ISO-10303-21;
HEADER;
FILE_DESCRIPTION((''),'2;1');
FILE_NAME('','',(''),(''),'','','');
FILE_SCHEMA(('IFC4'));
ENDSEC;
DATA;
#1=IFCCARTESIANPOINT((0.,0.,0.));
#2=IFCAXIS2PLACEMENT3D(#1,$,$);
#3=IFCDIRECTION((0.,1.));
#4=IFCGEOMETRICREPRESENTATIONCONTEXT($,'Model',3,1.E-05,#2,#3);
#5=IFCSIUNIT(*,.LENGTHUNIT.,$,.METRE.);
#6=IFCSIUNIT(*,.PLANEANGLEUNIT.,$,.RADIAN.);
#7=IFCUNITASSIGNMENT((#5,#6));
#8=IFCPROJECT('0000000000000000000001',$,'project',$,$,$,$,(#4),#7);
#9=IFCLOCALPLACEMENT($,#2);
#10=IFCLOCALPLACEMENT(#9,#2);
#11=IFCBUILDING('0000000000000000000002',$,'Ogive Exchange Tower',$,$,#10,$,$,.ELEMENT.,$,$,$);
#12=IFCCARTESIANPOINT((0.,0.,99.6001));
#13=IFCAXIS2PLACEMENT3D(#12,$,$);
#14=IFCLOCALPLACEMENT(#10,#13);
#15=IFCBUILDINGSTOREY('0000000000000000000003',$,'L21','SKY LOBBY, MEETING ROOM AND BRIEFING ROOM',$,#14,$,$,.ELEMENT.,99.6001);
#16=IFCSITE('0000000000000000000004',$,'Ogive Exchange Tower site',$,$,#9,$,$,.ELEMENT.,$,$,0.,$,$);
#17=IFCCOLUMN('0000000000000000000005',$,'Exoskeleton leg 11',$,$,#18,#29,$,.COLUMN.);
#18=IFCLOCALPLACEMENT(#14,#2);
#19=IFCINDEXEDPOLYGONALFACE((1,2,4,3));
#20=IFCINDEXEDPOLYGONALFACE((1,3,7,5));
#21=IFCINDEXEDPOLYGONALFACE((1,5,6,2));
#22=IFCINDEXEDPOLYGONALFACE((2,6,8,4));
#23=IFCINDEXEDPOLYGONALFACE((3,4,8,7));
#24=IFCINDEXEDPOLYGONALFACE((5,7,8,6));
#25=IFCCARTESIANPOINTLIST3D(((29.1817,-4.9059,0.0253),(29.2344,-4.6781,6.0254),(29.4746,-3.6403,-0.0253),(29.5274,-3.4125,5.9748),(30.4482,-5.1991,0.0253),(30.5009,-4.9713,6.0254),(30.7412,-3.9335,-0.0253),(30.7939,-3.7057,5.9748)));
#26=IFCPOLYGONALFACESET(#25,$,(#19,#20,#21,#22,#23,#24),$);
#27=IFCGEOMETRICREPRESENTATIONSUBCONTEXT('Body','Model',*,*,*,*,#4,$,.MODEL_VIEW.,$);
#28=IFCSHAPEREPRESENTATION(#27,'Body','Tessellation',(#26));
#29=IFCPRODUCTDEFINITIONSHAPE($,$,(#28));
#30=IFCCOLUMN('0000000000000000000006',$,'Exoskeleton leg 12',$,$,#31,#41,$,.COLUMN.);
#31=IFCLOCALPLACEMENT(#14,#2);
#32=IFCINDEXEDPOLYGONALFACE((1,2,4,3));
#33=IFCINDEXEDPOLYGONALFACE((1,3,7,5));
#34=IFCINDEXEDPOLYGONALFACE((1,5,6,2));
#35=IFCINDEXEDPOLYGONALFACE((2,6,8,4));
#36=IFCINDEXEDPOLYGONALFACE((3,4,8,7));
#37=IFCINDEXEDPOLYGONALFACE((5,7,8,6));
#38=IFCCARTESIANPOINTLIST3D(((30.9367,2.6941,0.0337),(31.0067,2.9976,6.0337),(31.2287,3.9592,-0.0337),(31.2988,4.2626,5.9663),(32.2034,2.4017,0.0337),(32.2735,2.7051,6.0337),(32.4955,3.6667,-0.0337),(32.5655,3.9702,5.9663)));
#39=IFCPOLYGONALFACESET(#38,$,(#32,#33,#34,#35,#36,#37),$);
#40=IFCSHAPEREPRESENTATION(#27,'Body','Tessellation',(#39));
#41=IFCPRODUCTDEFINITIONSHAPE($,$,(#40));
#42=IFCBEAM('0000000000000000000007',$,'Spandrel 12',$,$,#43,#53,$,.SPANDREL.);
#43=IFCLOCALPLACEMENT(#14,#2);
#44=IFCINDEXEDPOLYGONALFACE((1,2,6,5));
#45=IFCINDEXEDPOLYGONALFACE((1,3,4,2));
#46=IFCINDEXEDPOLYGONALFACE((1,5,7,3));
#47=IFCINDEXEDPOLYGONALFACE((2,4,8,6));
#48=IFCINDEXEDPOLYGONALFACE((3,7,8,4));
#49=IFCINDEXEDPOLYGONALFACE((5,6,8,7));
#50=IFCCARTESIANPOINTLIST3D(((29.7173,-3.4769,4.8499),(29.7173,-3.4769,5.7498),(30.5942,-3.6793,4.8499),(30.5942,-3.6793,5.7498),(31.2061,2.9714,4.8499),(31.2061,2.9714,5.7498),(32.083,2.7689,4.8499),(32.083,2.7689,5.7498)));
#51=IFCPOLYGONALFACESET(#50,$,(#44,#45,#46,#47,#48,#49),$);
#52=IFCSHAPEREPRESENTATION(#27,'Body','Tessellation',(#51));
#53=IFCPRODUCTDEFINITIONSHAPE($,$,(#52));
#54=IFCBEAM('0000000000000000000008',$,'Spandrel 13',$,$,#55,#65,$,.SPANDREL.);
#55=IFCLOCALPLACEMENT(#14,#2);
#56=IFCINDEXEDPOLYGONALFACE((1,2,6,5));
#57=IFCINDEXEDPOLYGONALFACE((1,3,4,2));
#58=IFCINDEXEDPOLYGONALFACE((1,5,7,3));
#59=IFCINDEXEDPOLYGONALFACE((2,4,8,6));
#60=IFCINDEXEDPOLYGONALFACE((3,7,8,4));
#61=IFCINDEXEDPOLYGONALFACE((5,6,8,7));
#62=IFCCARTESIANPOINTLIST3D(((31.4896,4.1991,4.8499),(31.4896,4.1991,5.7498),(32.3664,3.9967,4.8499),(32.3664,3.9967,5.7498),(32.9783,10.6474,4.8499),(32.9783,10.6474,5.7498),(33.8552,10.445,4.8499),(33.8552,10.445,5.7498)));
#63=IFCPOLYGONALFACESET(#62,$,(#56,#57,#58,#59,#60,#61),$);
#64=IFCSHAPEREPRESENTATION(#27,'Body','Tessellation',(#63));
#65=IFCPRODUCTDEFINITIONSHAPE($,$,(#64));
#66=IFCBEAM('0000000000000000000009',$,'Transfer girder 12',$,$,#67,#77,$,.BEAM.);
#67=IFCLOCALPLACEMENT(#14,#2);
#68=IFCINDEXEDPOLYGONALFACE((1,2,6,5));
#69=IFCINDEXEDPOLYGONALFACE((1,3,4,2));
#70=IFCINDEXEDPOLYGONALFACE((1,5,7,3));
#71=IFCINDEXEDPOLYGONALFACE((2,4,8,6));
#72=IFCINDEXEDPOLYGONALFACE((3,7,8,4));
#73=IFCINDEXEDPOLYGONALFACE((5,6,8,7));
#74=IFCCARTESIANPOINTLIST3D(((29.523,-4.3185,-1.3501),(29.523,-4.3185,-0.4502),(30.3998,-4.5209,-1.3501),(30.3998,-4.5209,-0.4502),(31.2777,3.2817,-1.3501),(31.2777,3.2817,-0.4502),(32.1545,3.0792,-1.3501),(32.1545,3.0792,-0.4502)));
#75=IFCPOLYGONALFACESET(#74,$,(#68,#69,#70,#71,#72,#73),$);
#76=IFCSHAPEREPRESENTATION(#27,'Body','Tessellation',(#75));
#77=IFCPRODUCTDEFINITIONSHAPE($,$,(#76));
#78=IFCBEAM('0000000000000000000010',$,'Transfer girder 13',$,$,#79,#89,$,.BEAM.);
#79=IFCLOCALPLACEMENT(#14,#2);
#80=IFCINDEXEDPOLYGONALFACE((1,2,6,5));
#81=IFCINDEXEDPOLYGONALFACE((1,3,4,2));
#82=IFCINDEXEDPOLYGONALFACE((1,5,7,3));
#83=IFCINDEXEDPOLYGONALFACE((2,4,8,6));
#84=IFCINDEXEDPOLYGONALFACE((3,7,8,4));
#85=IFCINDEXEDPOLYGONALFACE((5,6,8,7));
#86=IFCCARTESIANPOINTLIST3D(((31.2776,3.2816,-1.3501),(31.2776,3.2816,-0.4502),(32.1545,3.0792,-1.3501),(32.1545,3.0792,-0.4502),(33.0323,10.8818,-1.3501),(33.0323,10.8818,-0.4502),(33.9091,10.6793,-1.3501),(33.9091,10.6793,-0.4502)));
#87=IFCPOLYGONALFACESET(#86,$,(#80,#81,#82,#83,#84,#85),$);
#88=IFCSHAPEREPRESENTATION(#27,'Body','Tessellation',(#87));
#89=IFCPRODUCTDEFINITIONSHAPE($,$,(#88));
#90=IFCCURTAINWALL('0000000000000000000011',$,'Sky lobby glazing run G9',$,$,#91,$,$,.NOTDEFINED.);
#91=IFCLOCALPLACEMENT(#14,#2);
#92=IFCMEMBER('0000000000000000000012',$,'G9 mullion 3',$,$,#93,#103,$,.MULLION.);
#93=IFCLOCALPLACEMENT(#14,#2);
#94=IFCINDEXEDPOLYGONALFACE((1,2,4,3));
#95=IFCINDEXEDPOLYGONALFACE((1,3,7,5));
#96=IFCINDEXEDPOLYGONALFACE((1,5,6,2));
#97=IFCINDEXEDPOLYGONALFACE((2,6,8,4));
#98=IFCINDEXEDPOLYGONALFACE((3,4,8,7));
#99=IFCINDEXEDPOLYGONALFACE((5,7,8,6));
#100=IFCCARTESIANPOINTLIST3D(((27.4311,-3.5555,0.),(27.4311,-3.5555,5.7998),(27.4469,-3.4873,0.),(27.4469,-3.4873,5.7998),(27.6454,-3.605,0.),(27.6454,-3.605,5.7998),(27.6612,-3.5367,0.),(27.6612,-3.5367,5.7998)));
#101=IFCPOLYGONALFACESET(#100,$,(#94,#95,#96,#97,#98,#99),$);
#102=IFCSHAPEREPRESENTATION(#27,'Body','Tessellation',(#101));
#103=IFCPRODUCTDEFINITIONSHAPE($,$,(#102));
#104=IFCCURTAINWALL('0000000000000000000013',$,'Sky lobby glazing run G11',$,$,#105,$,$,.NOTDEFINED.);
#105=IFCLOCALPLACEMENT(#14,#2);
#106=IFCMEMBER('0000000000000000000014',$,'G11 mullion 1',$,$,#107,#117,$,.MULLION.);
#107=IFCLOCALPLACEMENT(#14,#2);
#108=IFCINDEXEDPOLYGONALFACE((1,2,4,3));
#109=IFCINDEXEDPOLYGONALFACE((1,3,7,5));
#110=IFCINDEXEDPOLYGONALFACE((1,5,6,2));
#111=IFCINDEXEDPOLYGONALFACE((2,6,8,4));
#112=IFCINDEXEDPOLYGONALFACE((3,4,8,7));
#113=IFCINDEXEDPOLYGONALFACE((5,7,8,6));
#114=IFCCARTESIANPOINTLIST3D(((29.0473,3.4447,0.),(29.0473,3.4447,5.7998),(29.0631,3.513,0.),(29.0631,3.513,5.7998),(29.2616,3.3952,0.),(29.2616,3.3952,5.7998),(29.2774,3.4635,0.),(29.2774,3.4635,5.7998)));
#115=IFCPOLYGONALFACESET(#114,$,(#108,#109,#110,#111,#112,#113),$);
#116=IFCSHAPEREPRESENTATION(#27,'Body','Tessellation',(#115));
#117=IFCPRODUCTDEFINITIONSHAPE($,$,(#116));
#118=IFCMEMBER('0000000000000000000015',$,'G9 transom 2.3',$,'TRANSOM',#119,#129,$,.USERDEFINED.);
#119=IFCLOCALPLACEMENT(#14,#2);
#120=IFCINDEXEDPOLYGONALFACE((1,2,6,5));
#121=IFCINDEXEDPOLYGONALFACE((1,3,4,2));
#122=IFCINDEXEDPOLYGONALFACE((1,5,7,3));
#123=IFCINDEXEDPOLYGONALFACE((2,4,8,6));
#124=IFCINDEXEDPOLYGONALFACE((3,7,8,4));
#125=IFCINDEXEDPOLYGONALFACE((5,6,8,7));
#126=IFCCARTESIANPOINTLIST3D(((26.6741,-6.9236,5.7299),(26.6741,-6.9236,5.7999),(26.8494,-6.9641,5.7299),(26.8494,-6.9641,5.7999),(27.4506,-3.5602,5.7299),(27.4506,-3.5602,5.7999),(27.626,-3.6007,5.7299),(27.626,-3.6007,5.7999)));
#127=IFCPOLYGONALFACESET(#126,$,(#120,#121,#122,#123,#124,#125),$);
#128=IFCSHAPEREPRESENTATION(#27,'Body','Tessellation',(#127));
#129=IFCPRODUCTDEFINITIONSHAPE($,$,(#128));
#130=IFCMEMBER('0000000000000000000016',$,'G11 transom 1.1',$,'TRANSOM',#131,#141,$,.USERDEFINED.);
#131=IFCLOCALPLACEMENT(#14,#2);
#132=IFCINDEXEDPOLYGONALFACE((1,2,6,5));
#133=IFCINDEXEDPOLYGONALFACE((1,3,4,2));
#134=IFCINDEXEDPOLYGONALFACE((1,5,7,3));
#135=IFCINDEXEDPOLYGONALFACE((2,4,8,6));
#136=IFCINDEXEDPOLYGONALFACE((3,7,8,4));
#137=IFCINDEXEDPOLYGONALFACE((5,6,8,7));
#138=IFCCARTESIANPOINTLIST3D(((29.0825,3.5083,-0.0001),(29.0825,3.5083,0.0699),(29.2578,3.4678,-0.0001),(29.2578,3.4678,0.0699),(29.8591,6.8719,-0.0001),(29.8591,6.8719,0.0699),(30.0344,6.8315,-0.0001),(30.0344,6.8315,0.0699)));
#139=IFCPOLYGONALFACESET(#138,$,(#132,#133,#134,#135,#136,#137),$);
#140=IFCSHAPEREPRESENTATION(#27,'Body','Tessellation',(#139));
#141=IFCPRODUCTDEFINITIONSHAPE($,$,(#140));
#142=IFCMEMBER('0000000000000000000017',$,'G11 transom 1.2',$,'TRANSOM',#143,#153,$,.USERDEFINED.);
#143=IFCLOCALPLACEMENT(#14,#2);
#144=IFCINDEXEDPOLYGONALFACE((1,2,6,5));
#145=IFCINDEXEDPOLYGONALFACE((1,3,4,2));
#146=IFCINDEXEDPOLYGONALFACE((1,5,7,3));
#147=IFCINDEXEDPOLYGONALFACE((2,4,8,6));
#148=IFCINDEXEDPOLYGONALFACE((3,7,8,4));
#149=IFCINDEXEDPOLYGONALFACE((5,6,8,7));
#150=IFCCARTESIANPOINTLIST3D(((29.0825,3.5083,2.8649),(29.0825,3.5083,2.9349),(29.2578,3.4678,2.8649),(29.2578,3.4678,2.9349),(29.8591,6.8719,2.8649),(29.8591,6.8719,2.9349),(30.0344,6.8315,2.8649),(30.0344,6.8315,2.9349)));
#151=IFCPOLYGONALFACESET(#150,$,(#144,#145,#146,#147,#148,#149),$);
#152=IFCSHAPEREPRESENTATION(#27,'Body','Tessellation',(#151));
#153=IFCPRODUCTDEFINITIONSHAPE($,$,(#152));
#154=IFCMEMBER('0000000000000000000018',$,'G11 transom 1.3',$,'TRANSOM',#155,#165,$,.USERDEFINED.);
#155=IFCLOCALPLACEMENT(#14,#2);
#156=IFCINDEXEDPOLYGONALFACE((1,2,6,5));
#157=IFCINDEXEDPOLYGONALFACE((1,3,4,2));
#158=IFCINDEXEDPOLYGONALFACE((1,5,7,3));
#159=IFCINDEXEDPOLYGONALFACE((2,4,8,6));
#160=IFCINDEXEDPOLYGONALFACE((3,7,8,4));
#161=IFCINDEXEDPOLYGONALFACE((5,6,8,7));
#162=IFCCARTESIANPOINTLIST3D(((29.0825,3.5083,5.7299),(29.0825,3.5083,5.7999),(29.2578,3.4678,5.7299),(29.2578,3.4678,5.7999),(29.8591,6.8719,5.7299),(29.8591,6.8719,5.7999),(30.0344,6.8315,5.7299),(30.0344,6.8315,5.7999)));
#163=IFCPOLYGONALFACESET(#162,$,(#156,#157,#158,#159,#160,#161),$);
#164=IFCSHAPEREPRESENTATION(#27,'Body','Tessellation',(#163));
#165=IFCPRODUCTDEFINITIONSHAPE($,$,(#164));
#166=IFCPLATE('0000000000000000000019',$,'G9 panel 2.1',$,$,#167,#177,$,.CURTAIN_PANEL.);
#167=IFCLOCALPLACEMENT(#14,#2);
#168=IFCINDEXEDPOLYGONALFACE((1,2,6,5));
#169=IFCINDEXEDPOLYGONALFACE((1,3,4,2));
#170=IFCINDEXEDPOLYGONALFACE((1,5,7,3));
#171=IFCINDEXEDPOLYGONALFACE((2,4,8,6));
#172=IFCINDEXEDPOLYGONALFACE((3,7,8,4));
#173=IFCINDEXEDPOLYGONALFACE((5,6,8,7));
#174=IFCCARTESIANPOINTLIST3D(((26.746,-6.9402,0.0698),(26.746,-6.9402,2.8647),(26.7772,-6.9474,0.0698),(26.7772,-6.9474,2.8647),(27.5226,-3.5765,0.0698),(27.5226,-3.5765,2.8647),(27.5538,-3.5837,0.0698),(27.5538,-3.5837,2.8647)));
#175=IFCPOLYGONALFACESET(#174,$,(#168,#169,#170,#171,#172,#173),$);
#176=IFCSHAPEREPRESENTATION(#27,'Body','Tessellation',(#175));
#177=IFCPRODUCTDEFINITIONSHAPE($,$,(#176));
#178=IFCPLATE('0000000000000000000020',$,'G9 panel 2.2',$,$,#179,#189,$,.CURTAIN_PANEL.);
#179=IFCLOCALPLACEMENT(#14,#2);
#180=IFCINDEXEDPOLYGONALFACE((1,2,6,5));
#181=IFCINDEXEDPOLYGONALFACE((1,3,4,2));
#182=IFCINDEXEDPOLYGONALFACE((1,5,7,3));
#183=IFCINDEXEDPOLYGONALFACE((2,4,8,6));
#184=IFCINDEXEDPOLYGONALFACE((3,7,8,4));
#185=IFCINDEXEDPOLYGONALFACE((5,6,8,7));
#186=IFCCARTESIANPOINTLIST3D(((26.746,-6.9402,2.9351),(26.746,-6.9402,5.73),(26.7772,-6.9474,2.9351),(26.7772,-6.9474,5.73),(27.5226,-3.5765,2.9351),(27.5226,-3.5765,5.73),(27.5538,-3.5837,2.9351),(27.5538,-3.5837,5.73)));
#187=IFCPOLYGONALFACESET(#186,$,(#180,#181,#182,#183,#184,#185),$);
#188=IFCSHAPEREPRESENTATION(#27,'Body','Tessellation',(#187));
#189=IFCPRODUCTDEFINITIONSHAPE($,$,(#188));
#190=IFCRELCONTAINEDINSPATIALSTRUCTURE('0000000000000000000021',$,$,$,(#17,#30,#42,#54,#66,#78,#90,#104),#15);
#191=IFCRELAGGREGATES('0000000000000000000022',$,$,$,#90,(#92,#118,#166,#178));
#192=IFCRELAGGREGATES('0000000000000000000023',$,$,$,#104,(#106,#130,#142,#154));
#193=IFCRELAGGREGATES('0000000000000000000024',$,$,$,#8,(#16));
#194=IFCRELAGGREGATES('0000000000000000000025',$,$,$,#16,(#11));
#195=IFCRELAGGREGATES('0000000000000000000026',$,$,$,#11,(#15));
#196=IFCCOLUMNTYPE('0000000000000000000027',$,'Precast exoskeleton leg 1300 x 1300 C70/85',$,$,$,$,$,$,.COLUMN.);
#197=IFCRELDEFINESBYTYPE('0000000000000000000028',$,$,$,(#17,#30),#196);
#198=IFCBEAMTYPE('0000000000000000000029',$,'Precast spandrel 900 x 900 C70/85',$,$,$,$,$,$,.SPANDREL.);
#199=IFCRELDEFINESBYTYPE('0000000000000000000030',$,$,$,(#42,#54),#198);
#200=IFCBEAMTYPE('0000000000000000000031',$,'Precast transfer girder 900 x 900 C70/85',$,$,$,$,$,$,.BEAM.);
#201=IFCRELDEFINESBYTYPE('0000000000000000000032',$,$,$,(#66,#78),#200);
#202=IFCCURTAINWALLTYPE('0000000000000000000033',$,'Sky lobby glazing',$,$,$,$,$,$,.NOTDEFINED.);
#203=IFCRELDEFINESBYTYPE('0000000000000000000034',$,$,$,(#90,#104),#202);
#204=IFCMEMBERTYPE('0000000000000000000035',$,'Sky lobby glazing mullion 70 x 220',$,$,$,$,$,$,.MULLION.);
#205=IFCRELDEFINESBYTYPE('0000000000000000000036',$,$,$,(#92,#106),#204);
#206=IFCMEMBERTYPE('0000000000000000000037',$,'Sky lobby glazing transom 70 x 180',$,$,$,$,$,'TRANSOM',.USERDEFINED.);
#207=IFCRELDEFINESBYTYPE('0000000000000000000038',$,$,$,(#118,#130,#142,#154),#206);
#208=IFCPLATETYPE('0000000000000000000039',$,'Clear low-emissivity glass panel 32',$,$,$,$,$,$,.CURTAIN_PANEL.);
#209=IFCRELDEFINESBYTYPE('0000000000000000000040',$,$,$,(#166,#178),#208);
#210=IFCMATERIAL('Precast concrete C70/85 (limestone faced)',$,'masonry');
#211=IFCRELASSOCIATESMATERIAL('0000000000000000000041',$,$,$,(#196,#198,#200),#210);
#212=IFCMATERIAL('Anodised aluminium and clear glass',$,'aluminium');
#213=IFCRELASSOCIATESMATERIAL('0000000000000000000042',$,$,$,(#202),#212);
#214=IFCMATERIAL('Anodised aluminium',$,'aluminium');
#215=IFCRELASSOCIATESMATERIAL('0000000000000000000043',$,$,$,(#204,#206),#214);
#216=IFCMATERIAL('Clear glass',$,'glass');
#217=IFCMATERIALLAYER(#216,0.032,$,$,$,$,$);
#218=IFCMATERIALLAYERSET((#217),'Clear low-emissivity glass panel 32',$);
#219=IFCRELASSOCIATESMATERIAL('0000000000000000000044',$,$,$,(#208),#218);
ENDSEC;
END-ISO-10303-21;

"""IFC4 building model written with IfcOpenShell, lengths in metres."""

from ifc_helpers import new_model, si_unit, direction, frame, origin, origin_2d, place, context, subcontext, project, spatial, rectangle, extrude, material, layer, layer_set, material_profile, profile_set, type_object, element, aggregate, save


model = new_model("IFC4")

# Units and contexts
model_context = context("Model", 3, precision=1e-05, world=origin(), true_north=direction((0.0, 1.0)))
body_context = subcontext(model_context, "Body", "Model", "MODEL_VIEW")
ifc_project = project(units=[si_unit("LENGTHUNIT", "METRE"), si_unit("PLANEANGLEUNIT", "RADIAN")], contexts=[model_context])

# Site, building, storey
site_placement = place(None, origin())
site = spatial("IfcSite", under=ifc_project, at=site_placement, Name="Ogive Exchange Tower site", CompositionType="ELEMENT", RefElevation=0.0)
building_placement = place(site_placement, origin())
building = spatial("IfcBuilding", under=site, at=building_placement, Name="Ogive Exchange Tower", CompositionType="ELEMENT")
storey_placement = place(building_placement, frame((0.0, 0.0, 99.6001)))
storey = spatial("IfcBuildingStorey", under=building, at=storey_placement, Name="L21", Description="SKY LOBBY, MEETING ROOM AND BRIEFING ROOM", CompositionType="ELEMENT", Elevation=99.6001)

# Columns
ifc_material_1 = material(Name="Precast concrete C70/85 (limestone faced)", Category="masonry")
ifc_material_profile_1 = material_profile(ifc_material_1, rectangle(XDim=1.3, YDim=1.3, at=origin_2d()), Name="1300 x 1300")
ifc_profile_set_1 = profile_set([ifc_material_profile_1], Name="Precast concrete C70/85 (limestone faced)")
column_type = type_object("IfcColumnType", Name="Precast exoskeleton leg 1300 x 1300 C70/85", PredefinedType="COLUMN", material=ifc_profile_set_1)
column_1_placement = place(storey_placement, frame((29.9614, -4.4197, 0.0), z_axis=(0.008782, 0.037935, 0.999242), x_axis=(-0.974233, 0.225546, 0.0)))
element("IfcColumn", 1, at=column_1_placement, inside=storey, type_object=column_type, Name="Exoskeleton leg 11", PredefinedType="COLUMN", context=body_context, shape_type="SweptSolid", body=[
    extrude(rectangle(XDim=1.3, YDim=1.3, at=origin_2d()), origin(), (0.0, 0.0, 1.0), 6.0046),
])
column_2_placement = place(storey_placement, frame((31.7161, 3.1804, 0.0), z_axis=(0.011662, 0.05051, 0.998655), x_axis=(-0.974365, 0.224974, 0.0)))
element("IfcColumn", 2, at=column_2_placement, inside=storey, type_object=column_type, Name="Exoskeleton leg 12", PredefinedType="COLUMN", context=body_context, shape_type="SweptSolid", body=[
    extrude(rectangle(XDim=1.3, YDim=1.3, at=origin_2d()), origin(), (0.0, 0.0, 1.0), 6.0081),
])

# Beams
ifc_material_profile_2 = material_profile(ifc_material_1, rectangle(XDim=0.8999, YDim=0.8999, at=origin_2d()), Name="900 x 900")
ifc_profile_set_2 = profile_set([ifc_material_profile_2], Name="Precast concrete C70/85 (limestone faced)")
beam_type_1 = type_object("IfcBeamType", Name="Precast spandrel 900 x 900 C70/85", PredefinedType="SPANDREL", material=ifc_profile_set_2)
for number, where, z_axis, x_axis, name in (
    (3, (30.1558, -3.5781, 5.2998), (0.224962, 0.974368, 0.0), (-0.974368, 0.224962, 0.0), "Spandrel 12"),
    (4, (31.928, 4.0979, 5.2998), (0.224962, 0.974368, 0.0), (-0.974368, 0.224962, 0.0), "Spandrel 13"),
):
    element("IfcBeam", number, at=place(storey_placement, frame(where, z_axis=z_axis, x_axis=x_axis)), inside=storey, type_object=beam_type_1, Name=name, PredefinedType="SPANDREL", context=body_context, shape_type="SweptSolid", body=[
        extrude(rectangle(XDim=0.8999, YDim=0.8999, at=origin_2d()), origin(), (0.0, 0.0, 1.0), 6.6179),
    ])
ifc_material_profile_3 = material_profile(ifc_material_1, rectangle(XDim=0.8999, YDim=0.8999, at=origin_2d()), Name="900 x 900")
ifc_profile_set_3 = profile_set([ifc_material_profile_3], Name="Precast concrete C70/85 (limestone faced)")
beam_type_2 = type_object("IfcBeamType", Name="Precast transfer girder 900 x 900 C70/85", PredefinedType="BEAM", material=ifc_profile_set_3)
for number, where, z_axis, x_axis, name in (
    (5, (29.9614, -4.4197, -0.9001), (0.224953, 0.97437, 0.0), (-0.97437, 0.224953, 0.0), "Transfer girder 12"),
    (6, (31.7161, 3.1804, -0.9001), (0.224953, 0.97437, 0.0), (-0.97437, 0.224953, 0.0), "Transfer girder 13"),
):
    element("IfcBeam", number, at=place(storey_placement, frame(where, z_axis=z_axis, x_axis=x_axis)), inside=storey, type_object=beam_type_2, Name=name, PredefinedType="BEAM", context=body_context, shape_type="SweptSolid", body=[
        extrude(rectangle(XDim=0.8999, YDim=0.8999, at=origin_2d()), origin(), (0.0, 0.0, 1.0), 7.8),
    ])

# Curtain walls, members
ifc_material_2 = material(Name="Anodised aluminium and clear glass", Category="aluminium")
curtain_wall_type = type_object("IfcCurtainWallType", Name="Sky lobby glazing", PredefinedType="NOTDEFINED", material=ifc_material_2)
curtain_wall_1_placement = place(storey_placement, origin())
curtain_wall_1 = element("IfcCurtainWall", 7, at=curtain_wall_1_placement, inside=storey, type_object=curtain_wall_type, Name="Sky lobby glazing run G9", PredefinedType="NOTDEFINED")
ifc_material_3 = material(Name="Anodised aluminium", Category="aluminium")
ifc_material_profile_4 = material_profile(ifc_material_3, rectangle(XDim=0.22, YDim=0.0701, at=origin_2d()), Name="AL 70x220")
ifc_profile_set_4 = profile_set([ifc_material_profile_4], Name="Anodised aluminium")
member_type_1 = type_object("IfcMemberType", Name="Sky lobby glazing mullion 70 x 220", PredefinedType="MULLION", material=ifc_profile_set_4)
member_1_placement = place(storey_placement, frame((27.5461, -3.5461, 0.0), z_axis=(0.0, 0.0, 1.0), x_axis=(-0.974369, 0.224954, 0.0)))
member_1 = element("IfcMember", 8, at=member_1_placement, type_object=member_type_1, Name="G9 mullion 3", PredefinedType="MULLION", context=body_context, shape_type="SweptSolid", body=[
    extrude(rectangle(XDim=0.22, YDim=0.0701, at=origin_2d()), origin(), (0.0, 0.0, 1.0), 5.7998),
])
curtain_wall_2_placement = place(storey_placement, origin())
curtain_wall_2 = element("IfcCurtainWall", 9, at=curtain_wall_2_placement, inside=storey, type_object=curtain_wall_type, Name="Sky lobby glazing run G11", PredefinedType="NOTDEFINED")
member_2_placement = place(storey_placement, frame((29.1624, 3.4541, 0.0), z_axis=(0.0, 0.0, 1.0), x_axis=(-0.974372, 0.224944, 0.0)))
member_2 = element("IfcMember", 10, at=member_2_placement, type_object=member_type_1, Name="G11 mullion 1", PredefinedType="MULLION", context=body_context, shape_type="SweptSolid", body=[
    extrude(rectangle(XDim=0.22, YDim=0.0701, at=origin_2d()), origin(), (0.0, 0.0, 1.0), 5.7998),
])

# Members
ifc_material_profile_5 = material_profile(ifc_material_3, rectangle(XDim=0.1799, YDim=0.0701, at=origin_2d()), Name="AL 70x180")
ifc_profile_set_5 = profile_set([ifc_material_profile_5], Name="Anodised aluminium")
member_type_2 = type_object("IfcMemberType", Name="Sky lobby glazing transom 70 x 180", ElementType="TRANSOM", PredefinedType="USERDEFINED", material=ifc_profile_set_5)
member_3_placement = place(storey_placement, frame((26.7617, -6.9438, 5.7649), z_axis=(0.224973, 0.974365, 0.0), x_axis=(-0.974365, 0.224973, 0.0)))
member_3 = element("IfcMember", 11, at=member_3_placement, type_object=member_type_2, Name="G9 transom 2.3", ObjectType="TRANSOM", PredefinedType="USERDEFINED", context=body_context, shape_type="SweptSolid", body=[
    extrude(rectangle(XDim=0.1799, YDim=0.0701, at=origin_2d()), origin(), (0.0, 0.0, 1.0), 3.4519),
])
member_4_placement = place(storey_placement, frame((29.1702, 3.488, 0.0349), z_axis=(0.224958, 0.974369, 0.0), x_axis=(-0.974369, 0.224958, 0.0)))
member_4 = element("IfcMember", 12, at=member_4_placement, type_object=member_type_2, Name="G11 transom 1.1", ObjectType="TRANSOM", PredefinedType="USERDEFINED", context=body_context, shape_type="SweptSolid", body=[
    extrude(rectangle(XDim=0.1799, YDim=0.0701, at=origin_2d()), origin(), (0.0, 0.0, 1.0), 3.4521),
])
member_5_placement = place(storey_placement, frame((29.1702, 3.488, 2.8999), z_axis=(0.224958, 0.974369, 0.0), x_axis=(-0.974369, 0.224958, 0.0)))
member_5 = element("IfcMember", 13, at=member_5_placement, type_object=member_type_2, Name="G11 transom 1.2", ObjectType="TRANSOM", PredefinedType="USERDEFINED", context=body_context, shape_type="SweptSolid", body=[
    extrude(rectangle(XDim=0.1799, YDim=0.0701, at=origin_2d()), origin(), (0.0, 0.0, 1.0), 3.4521),
])
member_6_placement = place(storey_placement, frame((29.1702, 3.488, 5.7649), z_axis=(0.224958, 0.974369, 0.0), x_axis=(-0.974369, 0.224958, 0.0)))
member_6 = element("IfcMember", 14, at=member_6_placement, type_object=member_type_2, Name="G11 transom 1.3", ObjectType="TRANSOM", PredefinedType="USERDEFINED", context=body_context, shape_type="SweptSolid", body=[
    extrude(rectangle(XDim=0.1799, YDim=0.0701, at=origin_2d()), origin(), (0.0, 0.0, 1.0), 3.4521),
])

# Plates
ifc_material_4 = material(Name="Clear glass", Category="glass")
ifc_layer_1 = layer(ifc_material_4, 0.032)
ifc_layer_set_1 = layer_set([ifc_layer_1], Name="Clear low-emissivity glass panel 32")
plate_type = type_object("IfcPlateType", Name="Clear low-emissivity glass panel 32", PredefinedType="CURTAIN_PANEL", material=ifc_layer_set_1)
plate_1_placement = place(storey_placement, frame((27.1499, -5.262, 0.0698), z_axis=(0.0, 0.0, 1.0), x_axis=(0.224954, 0.974369, 0.0)))
plate_1 = element("IfcPlate", 15, at=plate_1_placement, type_object=plate_type, Name="G9 panel 2.1", PredefinedType="CURTAIN_PANEL", context=body_context, shape_type="SweptSolid", body=[
    extrude(rectangle(XDim=3.4521, YDim=0.032, at=origin_2d()), origin(), (0.0, 0.0, 1.0), 2.7949),
])
plate_2_placement = place(storey_placement, frame((27.1499, -5.262, 2.9351), z_axis=(0.0, 0.0, 1.0), x_axis=(0.224954, 0.974369, 0.0)))
plate_2 = element("IfcPlate", 16, at=plate_2_placement, type_object=plate_type, Name="G9 panel 2.2", PredefinedType="CURTAIN_PANEL", context=body_context, shape_type="SweptSolid", body=[
    extrude(rectangle(XDim=3.4521, YDim=0.032, at=origin_2d()), origin(), (0.0, 0.0, 1.0), 2.7949),
])
aggregate(curtain_wall_1, [member_1, member_3, plate_1, plate_2])
aggregate(curtain_wall_2, [member_2, member_4, member_5, member_6])

save(model, "model.ifc")
